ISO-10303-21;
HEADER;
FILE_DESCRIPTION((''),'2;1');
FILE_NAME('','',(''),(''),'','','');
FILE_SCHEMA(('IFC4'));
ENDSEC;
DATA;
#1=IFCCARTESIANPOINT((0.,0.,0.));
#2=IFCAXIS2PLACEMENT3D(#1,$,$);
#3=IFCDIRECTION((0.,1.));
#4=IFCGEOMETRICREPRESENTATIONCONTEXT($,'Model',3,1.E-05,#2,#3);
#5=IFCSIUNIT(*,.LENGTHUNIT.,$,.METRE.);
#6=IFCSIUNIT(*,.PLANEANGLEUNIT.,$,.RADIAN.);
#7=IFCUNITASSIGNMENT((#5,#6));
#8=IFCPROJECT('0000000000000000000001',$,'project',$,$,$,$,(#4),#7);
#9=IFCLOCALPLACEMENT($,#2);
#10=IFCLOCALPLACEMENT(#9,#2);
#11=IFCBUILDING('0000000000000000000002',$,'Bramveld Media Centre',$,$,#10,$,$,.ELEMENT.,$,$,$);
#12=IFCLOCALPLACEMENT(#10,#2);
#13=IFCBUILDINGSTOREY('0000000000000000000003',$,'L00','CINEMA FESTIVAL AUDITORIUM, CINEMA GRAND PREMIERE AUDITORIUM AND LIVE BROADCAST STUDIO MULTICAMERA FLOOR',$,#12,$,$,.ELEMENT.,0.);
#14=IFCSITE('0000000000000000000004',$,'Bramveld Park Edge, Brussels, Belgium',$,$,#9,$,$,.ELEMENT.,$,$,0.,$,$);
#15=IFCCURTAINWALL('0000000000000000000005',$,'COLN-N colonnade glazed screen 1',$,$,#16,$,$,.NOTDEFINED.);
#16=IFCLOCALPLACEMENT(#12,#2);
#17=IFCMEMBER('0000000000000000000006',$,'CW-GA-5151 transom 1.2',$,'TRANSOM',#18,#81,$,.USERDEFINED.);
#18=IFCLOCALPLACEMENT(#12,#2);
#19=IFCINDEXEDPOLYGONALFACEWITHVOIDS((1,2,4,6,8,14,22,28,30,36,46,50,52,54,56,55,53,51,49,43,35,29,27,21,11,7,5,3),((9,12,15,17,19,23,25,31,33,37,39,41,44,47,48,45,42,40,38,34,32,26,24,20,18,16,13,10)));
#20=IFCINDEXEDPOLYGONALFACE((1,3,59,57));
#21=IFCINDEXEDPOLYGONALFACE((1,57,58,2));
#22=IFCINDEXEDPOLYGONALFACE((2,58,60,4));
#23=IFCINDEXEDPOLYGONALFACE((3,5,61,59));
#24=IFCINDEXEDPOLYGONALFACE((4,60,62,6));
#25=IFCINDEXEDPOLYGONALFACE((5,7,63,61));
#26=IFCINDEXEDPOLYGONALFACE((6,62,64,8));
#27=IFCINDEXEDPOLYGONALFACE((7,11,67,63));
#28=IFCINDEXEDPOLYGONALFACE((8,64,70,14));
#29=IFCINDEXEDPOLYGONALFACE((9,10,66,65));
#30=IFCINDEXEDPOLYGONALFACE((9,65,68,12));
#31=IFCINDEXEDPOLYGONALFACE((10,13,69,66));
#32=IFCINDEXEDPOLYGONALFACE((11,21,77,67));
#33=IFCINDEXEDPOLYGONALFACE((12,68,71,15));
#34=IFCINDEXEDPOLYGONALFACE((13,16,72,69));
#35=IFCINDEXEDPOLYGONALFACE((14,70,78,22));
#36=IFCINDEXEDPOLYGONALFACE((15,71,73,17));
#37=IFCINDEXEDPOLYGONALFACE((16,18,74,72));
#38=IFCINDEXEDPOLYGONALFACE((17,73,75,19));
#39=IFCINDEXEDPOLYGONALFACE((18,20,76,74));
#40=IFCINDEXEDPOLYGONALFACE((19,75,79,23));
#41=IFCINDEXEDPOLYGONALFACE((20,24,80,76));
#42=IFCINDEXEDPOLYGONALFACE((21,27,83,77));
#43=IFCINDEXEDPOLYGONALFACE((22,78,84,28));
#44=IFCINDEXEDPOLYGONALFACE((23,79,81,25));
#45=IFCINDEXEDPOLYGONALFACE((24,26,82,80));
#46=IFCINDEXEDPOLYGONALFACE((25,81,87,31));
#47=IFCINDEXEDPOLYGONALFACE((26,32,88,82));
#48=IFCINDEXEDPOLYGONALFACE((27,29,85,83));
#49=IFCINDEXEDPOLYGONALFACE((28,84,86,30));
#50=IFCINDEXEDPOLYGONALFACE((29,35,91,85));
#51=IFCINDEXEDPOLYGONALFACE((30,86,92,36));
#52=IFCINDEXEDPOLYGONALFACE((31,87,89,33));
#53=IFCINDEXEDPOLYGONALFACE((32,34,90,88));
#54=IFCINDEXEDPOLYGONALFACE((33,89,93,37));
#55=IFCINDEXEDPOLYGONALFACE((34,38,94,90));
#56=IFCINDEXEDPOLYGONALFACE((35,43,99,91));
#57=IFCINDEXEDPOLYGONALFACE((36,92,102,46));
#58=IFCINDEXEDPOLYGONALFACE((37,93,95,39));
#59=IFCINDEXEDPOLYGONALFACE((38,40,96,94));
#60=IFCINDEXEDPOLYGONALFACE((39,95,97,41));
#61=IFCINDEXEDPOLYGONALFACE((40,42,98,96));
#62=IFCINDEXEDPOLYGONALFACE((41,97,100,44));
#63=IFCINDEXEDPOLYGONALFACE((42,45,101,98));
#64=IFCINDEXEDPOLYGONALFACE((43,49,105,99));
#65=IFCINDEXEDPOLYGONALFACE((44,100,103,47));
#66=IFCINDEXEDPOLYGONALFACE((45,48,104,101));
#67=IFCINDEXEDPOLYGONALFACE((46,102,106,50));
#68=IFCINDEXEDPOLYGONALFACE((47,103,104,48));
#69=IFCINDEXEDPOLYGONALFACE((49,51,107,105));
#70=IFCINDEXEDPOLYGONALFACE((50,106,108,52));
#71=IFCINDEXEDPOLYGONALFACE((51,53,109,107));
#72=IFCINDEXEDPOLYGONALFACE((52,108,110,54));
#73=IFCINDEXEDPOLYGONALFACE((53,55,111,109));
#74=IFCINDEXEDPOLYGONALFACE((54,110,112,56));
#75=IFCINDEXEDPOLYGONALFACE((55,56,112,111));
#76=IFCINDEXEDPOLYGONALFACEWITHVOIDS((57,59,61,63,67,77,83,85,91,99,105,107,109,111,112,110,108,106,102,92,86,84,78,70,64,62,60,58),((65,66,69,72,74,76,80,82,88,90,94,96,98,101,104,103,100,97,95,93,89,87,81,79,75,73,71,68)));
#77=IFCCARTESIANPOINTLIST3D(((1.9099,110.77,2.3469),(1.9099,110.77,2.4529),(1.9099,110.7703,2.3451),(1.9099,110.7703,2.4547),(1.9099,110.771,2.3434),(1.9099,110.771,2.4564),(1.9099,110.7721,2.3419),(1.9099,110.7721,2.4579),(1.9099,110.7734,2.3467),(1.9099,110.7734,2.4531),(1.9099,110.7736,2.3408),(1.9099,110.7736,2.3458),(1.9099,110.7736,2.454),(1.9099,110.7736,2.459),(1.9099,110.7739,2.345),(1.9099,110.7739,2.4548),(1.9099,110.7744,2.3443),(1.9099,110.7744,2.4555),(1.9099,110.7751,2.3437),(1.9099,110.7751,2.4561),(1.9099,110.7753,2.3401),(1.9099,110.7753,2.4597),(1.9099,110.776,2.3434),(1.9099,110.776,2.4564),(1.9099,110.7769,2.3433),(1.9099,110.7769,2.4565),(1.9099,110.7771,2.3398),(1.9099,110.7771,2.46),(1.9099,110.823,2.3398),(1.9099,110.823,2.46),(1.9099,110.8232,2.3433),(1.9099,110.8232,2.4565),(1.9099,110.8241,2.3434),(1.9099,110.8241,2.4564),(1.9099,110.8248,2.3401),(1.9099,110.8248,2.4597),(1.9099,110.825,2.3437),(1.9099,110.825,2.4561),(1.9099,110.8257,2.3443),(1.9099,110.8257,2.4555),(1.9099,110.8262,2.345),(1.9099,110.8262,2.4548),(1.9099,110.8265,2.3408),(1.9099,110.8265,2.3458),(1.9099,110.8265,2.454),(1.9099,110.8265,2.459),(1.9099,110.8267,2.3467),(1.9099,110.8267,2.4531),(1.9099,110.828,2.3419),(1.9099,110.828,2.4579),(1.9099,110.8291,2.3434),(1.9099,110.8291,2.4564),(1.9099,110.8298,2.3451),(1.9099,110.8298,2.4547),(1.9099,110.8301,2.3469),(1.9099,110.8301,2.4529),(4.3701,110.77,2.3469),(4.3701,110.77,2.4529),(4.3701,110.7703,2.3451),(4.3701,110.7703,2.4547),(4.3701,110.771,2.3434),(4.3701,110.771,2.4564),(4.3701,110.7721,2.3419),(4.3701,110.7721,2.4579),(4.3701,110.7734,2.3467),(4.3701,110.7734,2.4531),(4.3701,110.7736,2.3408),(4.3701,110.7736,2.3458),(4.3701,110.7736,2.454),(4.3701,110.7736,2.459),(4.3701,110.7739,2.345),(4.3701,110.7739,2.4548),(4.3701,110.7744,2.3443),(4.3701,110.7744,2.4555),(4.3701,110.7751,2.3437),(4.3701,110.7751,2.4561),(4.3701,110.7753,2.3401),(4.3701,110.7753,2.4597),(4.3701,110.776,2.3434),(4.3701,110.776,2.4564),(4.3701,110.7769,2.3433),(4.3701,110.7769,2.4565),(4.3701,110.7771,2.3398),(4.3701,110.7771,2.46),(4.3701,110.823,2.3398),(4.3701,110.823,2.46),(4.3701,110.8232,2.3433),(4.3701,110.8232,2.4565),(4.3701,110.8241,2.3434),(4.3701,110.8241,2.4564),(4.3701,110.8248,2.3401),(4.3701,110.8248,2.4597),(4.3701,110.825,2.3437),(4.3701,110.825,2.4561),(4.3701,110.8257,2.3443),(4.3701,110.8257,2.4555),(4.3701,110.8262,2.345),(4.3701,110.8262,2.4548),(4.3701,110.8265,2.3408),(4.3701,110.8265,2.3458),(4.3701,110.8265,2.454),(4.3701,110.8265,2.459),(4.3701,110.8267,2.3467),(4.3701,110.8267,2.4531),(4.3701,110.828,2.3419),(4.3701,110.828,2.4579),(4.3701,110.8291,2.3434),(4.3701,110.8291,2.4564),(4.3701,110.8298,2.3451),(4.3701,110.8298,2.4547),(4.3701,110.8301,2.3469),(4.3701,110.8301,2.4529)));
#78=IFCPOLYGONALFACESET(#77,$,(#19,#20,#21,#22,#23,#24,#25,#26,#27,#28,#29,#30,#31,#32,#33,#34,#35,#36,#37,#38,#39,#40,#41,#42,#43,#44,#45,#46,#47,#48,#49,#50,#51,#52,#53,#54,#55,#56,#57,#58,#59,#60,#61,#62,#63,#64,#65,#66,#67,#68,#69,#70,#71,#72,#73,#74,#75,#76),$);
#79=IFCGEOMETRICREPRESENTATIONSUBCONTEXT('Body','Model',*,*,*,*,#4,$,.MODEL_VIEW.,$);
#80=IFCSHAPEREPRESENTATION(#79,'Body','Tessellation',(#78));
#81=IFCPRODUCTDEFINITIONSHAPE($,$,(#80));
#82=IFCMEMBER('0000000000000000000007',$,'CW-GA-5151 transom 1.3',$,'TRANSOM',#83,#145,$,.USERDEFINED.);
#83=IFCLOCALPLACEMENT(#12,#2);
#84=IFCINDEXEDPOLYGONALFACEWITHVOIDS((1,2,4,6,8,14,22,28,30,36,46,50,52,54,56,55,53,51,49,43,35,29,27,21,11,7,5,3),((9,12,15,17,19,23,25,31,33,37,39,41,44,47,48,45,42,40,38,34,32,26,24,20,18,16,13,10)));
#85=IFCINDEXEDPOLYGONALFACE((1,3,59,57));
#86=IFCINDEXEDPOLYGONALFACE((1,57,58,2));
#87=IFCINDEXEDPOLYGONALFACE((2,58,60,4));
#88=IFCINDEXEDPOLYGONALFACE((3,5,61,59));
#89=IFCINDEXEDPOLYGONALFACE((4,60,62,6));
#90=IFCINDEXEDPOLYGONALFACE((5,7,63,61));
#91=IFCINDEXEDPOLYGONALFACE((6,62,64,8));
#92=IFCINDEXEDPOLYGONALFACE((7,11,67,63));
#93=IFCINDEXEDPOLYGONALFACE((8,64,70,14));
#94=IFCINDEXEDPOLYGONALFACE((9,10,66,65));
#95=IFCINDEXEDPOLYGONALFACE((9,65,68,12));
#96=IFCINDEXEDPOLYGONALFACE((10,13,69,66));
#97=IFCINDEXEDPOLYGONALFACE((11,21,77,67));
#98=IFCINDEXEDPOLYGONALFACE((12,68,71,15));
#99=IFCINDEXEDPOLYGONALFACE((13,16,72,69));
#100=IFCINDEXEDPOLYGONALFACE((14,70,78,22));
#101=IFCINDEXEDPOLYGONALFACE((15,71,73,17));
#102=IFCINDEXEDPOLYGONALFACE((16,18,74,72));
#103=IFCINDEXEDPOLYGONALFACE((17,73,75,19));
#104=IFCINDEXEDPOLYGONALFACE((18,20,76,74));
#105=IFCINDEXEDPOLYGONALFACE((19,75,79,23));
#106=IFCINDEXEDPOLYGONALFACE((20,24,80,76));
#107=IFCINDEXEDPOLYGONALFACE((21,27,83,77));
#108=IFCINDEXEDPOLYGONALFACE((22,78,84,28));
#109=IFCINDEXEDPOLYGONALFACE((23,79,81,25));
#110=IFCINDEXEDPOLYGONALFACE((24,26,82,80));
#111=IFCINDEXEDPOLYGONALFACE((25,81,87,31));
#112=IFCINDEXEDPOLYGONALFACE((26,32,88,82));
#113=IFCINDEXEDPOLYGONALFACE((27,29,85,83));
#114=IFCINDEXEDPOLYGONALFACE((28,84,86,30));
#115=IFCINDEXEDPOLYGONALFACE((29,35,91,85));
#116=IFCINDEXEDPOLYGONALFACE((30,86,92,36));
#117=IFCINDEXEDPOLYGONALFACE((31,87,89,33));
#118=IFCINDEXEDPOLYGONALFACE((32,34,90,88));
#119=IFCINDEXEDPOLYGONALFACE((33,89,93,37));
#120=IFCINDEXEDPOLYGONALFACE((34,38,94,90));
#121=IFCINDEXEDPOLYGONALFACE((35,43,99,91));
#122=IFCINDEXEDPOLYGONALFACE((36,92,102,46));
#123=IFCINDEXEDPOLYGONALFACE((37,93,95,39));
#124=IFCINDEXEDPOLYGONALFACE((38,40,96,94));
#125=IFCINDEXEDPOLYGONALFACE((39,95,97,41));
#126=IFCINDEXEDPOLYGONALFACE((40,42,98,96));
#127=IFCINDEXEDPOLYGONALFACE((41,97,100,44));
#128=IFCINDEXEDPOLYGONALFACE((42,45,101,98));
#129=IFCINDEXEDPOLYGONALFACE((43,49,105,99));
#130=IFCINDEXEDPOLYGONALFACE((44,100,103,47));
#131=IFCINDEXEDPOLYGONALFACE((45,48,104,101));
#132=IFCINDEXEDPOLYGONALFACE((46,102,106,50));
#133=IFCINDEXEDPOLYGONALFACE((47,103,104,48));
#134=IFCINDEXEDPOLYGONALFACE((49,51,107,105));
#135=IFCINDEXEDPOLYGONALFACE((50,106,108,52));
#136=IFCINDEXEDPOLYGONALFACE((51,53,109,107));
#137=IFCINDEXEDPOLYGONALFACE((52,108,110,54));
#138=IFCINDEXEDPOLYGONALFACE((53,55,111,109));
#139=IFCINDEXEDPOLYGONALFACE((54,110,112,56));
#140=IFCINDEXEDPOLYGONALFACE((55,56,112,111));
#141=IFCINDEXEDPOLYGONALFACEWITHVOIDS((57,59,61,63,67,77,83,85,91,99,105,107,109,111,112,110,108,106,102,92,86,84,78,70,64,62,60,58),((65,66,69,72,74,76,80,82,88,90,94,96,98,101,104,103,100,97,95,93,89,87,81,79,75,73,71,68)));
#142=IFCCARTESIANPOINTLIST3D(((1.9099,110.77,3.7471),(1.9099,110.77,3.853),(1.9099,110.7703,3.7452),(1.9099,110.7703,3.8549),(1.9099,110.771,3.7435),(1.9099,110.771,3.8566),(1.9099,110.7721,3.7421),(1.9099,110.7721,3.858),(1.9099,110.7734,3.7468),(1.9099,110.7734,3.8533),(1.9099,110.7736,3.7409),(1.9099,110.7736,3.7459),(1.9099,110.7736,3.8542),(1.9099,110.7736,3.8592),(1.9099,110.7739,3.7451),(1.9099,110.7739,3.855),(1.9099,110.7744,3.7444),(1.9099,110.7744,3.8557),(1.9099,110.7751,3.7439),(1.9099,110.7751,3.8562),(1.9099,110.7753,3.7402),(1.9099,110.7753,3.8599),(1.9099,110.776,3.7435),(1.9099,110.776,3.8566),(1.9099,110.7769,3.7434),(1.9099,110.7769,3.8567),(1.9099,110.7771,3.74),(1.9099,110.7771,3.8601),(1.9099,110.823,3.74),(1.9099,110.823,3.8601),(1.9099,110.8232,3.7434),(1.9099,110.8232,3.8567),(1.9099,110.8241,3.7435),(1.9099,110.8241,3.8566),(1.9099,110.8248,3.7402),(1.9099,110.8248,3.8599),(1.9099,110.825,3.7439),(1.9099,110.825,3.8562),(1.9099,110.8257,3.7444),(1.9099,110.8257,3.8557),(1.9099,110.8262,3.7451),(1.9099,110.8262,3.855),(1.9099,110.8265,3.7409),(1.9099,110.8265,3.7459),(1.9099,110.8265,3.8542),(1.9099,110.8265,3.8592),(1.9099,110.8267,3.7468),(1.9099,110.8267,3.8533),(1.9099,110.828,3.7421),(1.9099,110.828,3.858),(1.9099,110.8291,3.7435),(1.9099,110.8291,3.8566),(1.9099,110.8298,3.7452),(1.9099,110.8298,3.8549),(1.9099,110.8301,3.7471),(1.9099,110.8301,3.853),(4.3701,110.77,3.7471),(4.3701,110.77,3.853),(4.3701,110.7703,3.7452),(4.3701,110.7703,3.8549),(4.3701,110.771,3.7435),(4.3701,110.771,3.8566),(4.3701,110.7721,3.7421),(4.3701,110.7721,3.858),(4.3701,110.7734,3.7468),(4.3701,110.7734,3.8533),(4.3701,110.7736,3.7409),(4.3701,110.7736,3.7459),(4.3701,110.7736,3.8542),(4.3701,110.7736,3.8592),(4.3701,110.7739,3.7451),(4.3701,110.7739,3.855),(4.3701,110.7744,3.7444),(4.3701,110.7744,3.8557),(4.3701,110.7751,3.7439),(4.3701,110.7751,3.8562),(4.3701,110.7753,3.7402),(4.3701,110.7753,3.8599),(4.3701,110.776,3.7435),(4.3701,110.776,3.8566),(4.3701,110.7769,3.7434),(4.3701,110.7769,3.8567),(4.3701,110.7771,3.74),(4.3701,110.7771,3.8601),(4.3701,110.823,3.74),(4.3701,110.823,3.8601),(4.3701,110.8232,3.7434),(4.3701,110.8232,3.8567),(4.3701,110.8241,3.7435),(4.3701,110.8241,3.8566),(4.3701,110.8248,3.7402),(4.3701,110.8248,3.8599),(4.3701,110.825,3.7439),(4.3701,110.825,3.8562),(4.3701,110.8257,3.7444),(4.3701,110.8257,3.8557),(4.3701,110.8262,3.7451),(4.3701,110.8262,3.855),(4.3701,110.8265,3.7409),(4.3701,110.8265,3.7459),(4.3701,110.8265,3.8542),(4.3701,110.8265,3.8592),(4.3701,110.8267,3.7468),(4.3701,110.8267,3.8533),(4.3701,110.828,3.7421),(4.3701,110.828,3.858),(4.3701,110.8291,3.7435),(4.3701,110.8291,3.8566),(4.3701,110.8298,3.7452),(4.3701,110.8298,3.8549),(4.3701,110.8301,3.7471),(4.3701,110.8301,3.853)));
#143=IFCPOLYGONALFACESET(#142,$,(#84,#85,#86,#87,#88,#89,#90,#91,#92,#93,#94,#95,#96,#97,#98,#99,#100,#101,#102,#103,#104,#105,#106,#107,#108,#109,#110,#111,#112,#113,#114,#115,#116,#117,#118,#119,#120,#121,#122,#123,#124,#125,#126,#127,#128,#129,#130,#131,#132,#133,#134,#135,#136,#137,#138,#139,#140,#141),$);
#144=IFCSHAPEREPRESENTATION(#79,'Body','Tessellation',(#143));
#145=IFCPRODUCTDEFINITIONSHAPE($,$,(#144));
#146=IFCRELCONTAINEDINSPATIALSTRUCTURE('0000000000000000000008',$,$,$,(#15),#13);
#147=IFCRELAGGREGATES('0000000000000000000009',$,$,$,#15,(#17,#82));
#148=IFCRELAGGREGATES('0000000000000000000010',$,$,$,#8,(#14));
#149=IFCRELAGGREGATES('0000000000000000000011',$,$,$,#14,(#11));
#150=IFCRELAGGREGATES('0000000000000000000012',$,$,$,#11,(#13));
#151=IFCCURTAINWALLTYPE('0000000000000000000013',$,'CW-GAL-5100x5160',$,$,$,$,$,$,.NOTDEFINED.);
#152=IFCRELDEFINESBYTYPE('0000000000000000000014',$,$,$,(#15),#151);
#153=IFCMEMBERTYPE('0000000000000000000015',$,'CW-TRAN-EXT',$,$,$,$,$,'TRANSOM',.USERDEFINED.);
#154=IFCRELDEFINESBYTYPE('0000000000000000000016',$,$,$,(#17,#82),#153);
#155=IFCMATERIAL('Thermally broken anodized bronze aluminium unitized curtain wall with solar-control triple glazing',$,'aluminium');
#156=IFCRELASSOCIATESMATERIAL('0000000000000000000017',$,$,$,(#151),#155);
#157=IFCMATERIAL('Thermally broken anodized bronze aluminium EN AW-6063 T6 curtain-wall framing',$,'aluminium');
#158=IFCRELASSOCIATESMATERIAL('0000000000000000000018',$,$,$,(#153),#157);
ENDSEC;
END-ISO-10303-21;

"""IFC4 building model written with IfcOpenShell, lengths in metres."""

from ifc_helpers import new_model, si_unit, direction, frame, origin, origin_2d, place, context, subcontext, project, spatial, hollow_rectangle, extrude, material, material_profile, profile_set, type_object, element, aggregate, save


model = new_model("IFC4")

# Units and contexts
model_context = context("Model", 3, precision=1e-05, world=origin(), true_north=direction((0.0, 1.0)))
body_context = subcontext(model_context, "Body", "Model", "MODEL_VIEW")
ifc_project = project(units=[si_unit("LENGTHUNIT", "METRE"), si_unit("PLANEANGLEUNIT", "RADIAN")], contexts=[model_context])

# Site, building, storey
site_placement = place(None, origin())
site = spatial("IfcSite", under=ifc_project, at=site_placement, Name="Bramveld Park Edge, Brussels, Belgium", CompositionType="ELEMENT", RefElevation=0.0)
building_placement = place(site_placement, origin())
building = spatial("IfcBuilding", under=site, at=building_placement, Name="Bramveld Media Centre", CompositionType="ELEMENT")
storey_placement = place(building_placement, origin())
storey = spatial("IfcBuildingStorey", under=building, at=storey_placement, Name="L00", Description="CINEMA FESTIVAL AUDITORIUM, CINEMA GRAND PREMIERE AUDITORIUM AND LIVE BROADCAST STUDIO MULTICAMERA FLOOR", CompositionType="ELEMENT", Elevation=0.0)

# Curtain wall
ifc_material_1 = material(Name="Thermally broken anodized bronze aluminium unitized curtain wall with solar-control triple glazing", Category="aluminium")
curtain_wall_type = type_object("IfcCurtainWallType", Name="CW-GAL-5100x5160", PredefinedType="NOTDEFINED", material=ifc_material_1)
curtain_wall_1_placement = place(storey_placement, origin())
curtain_wall_1 = element("IfcCurtainWall", 1, at=curtain_wall_1_placement, inside=storey, type_object=curtain_wall_type, Name="COLN-N colonnade glazed screen 1", PredefinedType="NOTDEFINED")

# Members
ifc_material_2 = material(Name="Thermally broken anodized bronze aluminium EN AW-6063 T6 curtain-wall framing", Category="aluminium")
ifc_material_profile_1 = material_profile(ifc_material_2, hollow_rectangle(XDim=0.0601, YDim=0.1201, WallThickness=0.0034, InnerFilletRadius=0.0034, OuterFilletRadius=0.0071, at=origin_2d()), Name="AL-TRAN 60x120")
ifc_profile_set_1 = profile_set([ifc_material_profile_1], Name="Thermally broken anodized bronze aluminium EN AW-6063 T6 curtain-wall framing")
member_type_1 = type_object("IfcMemberType", Name="CW-TRAN-EXT", ElementType="TRANSOM", PredefinedType="USERDEFINED", material=ifc_profile_set_1)
member_1_placement = place(storey_placement, frame((1.9099, 110.8, 2.3999), z_axis=(1.0, 0.0, 0.0), x_axis=(0.0, 1.0, 0.0)))
member_1 = element("IfcMember", 2, at=member_1_placement, type_object=member_type_1, Name="CW-GA-5151 transom 1.2", ObjectType="TRANSOM", PredefinedType="USERDEFINED", context=body_context, shape_type="SweptSolid", body=[
    extrude(hollow_rectangle(XDim=0.0601, YDim=0.1201, WallThickness=0.0034, InnerFilletRadius=0.0034, OuterFilletRadius=0.0071, at=origin_2d()), origin(), (0.0, 0.0, 1.0), 2.4602),
])
member_2_placement = place(storey_placement, frame((1.9099, 110.8, 3.8), z_axis=(1.0, 0.0, 0.0), x_axis=(0.0, 1.0, 0.0)))
member_2 = element("IfcMember", 3, at=member_2_placement, type_object=member_type_1, Name="CW-GA-5151 transom 1.3", ObjectType="TRANSOM", PredefinedType="USERDEFINED", context=body_context, shape_type="SweptSolid", body=[
    extrude(hollow_rectangle(XDim=0.0601, YDim=0.1201, WallThickness=0.0034, InnerFilletRadius=0.0034, OuterFilletRadius=0.0071, at=origin_2d()), origin(), (0.0, 0.0, 1.0), 2.4602),
])

aggregate(curtain_wall_1, [member_1, member_2])

save(model, "model.ifc")
